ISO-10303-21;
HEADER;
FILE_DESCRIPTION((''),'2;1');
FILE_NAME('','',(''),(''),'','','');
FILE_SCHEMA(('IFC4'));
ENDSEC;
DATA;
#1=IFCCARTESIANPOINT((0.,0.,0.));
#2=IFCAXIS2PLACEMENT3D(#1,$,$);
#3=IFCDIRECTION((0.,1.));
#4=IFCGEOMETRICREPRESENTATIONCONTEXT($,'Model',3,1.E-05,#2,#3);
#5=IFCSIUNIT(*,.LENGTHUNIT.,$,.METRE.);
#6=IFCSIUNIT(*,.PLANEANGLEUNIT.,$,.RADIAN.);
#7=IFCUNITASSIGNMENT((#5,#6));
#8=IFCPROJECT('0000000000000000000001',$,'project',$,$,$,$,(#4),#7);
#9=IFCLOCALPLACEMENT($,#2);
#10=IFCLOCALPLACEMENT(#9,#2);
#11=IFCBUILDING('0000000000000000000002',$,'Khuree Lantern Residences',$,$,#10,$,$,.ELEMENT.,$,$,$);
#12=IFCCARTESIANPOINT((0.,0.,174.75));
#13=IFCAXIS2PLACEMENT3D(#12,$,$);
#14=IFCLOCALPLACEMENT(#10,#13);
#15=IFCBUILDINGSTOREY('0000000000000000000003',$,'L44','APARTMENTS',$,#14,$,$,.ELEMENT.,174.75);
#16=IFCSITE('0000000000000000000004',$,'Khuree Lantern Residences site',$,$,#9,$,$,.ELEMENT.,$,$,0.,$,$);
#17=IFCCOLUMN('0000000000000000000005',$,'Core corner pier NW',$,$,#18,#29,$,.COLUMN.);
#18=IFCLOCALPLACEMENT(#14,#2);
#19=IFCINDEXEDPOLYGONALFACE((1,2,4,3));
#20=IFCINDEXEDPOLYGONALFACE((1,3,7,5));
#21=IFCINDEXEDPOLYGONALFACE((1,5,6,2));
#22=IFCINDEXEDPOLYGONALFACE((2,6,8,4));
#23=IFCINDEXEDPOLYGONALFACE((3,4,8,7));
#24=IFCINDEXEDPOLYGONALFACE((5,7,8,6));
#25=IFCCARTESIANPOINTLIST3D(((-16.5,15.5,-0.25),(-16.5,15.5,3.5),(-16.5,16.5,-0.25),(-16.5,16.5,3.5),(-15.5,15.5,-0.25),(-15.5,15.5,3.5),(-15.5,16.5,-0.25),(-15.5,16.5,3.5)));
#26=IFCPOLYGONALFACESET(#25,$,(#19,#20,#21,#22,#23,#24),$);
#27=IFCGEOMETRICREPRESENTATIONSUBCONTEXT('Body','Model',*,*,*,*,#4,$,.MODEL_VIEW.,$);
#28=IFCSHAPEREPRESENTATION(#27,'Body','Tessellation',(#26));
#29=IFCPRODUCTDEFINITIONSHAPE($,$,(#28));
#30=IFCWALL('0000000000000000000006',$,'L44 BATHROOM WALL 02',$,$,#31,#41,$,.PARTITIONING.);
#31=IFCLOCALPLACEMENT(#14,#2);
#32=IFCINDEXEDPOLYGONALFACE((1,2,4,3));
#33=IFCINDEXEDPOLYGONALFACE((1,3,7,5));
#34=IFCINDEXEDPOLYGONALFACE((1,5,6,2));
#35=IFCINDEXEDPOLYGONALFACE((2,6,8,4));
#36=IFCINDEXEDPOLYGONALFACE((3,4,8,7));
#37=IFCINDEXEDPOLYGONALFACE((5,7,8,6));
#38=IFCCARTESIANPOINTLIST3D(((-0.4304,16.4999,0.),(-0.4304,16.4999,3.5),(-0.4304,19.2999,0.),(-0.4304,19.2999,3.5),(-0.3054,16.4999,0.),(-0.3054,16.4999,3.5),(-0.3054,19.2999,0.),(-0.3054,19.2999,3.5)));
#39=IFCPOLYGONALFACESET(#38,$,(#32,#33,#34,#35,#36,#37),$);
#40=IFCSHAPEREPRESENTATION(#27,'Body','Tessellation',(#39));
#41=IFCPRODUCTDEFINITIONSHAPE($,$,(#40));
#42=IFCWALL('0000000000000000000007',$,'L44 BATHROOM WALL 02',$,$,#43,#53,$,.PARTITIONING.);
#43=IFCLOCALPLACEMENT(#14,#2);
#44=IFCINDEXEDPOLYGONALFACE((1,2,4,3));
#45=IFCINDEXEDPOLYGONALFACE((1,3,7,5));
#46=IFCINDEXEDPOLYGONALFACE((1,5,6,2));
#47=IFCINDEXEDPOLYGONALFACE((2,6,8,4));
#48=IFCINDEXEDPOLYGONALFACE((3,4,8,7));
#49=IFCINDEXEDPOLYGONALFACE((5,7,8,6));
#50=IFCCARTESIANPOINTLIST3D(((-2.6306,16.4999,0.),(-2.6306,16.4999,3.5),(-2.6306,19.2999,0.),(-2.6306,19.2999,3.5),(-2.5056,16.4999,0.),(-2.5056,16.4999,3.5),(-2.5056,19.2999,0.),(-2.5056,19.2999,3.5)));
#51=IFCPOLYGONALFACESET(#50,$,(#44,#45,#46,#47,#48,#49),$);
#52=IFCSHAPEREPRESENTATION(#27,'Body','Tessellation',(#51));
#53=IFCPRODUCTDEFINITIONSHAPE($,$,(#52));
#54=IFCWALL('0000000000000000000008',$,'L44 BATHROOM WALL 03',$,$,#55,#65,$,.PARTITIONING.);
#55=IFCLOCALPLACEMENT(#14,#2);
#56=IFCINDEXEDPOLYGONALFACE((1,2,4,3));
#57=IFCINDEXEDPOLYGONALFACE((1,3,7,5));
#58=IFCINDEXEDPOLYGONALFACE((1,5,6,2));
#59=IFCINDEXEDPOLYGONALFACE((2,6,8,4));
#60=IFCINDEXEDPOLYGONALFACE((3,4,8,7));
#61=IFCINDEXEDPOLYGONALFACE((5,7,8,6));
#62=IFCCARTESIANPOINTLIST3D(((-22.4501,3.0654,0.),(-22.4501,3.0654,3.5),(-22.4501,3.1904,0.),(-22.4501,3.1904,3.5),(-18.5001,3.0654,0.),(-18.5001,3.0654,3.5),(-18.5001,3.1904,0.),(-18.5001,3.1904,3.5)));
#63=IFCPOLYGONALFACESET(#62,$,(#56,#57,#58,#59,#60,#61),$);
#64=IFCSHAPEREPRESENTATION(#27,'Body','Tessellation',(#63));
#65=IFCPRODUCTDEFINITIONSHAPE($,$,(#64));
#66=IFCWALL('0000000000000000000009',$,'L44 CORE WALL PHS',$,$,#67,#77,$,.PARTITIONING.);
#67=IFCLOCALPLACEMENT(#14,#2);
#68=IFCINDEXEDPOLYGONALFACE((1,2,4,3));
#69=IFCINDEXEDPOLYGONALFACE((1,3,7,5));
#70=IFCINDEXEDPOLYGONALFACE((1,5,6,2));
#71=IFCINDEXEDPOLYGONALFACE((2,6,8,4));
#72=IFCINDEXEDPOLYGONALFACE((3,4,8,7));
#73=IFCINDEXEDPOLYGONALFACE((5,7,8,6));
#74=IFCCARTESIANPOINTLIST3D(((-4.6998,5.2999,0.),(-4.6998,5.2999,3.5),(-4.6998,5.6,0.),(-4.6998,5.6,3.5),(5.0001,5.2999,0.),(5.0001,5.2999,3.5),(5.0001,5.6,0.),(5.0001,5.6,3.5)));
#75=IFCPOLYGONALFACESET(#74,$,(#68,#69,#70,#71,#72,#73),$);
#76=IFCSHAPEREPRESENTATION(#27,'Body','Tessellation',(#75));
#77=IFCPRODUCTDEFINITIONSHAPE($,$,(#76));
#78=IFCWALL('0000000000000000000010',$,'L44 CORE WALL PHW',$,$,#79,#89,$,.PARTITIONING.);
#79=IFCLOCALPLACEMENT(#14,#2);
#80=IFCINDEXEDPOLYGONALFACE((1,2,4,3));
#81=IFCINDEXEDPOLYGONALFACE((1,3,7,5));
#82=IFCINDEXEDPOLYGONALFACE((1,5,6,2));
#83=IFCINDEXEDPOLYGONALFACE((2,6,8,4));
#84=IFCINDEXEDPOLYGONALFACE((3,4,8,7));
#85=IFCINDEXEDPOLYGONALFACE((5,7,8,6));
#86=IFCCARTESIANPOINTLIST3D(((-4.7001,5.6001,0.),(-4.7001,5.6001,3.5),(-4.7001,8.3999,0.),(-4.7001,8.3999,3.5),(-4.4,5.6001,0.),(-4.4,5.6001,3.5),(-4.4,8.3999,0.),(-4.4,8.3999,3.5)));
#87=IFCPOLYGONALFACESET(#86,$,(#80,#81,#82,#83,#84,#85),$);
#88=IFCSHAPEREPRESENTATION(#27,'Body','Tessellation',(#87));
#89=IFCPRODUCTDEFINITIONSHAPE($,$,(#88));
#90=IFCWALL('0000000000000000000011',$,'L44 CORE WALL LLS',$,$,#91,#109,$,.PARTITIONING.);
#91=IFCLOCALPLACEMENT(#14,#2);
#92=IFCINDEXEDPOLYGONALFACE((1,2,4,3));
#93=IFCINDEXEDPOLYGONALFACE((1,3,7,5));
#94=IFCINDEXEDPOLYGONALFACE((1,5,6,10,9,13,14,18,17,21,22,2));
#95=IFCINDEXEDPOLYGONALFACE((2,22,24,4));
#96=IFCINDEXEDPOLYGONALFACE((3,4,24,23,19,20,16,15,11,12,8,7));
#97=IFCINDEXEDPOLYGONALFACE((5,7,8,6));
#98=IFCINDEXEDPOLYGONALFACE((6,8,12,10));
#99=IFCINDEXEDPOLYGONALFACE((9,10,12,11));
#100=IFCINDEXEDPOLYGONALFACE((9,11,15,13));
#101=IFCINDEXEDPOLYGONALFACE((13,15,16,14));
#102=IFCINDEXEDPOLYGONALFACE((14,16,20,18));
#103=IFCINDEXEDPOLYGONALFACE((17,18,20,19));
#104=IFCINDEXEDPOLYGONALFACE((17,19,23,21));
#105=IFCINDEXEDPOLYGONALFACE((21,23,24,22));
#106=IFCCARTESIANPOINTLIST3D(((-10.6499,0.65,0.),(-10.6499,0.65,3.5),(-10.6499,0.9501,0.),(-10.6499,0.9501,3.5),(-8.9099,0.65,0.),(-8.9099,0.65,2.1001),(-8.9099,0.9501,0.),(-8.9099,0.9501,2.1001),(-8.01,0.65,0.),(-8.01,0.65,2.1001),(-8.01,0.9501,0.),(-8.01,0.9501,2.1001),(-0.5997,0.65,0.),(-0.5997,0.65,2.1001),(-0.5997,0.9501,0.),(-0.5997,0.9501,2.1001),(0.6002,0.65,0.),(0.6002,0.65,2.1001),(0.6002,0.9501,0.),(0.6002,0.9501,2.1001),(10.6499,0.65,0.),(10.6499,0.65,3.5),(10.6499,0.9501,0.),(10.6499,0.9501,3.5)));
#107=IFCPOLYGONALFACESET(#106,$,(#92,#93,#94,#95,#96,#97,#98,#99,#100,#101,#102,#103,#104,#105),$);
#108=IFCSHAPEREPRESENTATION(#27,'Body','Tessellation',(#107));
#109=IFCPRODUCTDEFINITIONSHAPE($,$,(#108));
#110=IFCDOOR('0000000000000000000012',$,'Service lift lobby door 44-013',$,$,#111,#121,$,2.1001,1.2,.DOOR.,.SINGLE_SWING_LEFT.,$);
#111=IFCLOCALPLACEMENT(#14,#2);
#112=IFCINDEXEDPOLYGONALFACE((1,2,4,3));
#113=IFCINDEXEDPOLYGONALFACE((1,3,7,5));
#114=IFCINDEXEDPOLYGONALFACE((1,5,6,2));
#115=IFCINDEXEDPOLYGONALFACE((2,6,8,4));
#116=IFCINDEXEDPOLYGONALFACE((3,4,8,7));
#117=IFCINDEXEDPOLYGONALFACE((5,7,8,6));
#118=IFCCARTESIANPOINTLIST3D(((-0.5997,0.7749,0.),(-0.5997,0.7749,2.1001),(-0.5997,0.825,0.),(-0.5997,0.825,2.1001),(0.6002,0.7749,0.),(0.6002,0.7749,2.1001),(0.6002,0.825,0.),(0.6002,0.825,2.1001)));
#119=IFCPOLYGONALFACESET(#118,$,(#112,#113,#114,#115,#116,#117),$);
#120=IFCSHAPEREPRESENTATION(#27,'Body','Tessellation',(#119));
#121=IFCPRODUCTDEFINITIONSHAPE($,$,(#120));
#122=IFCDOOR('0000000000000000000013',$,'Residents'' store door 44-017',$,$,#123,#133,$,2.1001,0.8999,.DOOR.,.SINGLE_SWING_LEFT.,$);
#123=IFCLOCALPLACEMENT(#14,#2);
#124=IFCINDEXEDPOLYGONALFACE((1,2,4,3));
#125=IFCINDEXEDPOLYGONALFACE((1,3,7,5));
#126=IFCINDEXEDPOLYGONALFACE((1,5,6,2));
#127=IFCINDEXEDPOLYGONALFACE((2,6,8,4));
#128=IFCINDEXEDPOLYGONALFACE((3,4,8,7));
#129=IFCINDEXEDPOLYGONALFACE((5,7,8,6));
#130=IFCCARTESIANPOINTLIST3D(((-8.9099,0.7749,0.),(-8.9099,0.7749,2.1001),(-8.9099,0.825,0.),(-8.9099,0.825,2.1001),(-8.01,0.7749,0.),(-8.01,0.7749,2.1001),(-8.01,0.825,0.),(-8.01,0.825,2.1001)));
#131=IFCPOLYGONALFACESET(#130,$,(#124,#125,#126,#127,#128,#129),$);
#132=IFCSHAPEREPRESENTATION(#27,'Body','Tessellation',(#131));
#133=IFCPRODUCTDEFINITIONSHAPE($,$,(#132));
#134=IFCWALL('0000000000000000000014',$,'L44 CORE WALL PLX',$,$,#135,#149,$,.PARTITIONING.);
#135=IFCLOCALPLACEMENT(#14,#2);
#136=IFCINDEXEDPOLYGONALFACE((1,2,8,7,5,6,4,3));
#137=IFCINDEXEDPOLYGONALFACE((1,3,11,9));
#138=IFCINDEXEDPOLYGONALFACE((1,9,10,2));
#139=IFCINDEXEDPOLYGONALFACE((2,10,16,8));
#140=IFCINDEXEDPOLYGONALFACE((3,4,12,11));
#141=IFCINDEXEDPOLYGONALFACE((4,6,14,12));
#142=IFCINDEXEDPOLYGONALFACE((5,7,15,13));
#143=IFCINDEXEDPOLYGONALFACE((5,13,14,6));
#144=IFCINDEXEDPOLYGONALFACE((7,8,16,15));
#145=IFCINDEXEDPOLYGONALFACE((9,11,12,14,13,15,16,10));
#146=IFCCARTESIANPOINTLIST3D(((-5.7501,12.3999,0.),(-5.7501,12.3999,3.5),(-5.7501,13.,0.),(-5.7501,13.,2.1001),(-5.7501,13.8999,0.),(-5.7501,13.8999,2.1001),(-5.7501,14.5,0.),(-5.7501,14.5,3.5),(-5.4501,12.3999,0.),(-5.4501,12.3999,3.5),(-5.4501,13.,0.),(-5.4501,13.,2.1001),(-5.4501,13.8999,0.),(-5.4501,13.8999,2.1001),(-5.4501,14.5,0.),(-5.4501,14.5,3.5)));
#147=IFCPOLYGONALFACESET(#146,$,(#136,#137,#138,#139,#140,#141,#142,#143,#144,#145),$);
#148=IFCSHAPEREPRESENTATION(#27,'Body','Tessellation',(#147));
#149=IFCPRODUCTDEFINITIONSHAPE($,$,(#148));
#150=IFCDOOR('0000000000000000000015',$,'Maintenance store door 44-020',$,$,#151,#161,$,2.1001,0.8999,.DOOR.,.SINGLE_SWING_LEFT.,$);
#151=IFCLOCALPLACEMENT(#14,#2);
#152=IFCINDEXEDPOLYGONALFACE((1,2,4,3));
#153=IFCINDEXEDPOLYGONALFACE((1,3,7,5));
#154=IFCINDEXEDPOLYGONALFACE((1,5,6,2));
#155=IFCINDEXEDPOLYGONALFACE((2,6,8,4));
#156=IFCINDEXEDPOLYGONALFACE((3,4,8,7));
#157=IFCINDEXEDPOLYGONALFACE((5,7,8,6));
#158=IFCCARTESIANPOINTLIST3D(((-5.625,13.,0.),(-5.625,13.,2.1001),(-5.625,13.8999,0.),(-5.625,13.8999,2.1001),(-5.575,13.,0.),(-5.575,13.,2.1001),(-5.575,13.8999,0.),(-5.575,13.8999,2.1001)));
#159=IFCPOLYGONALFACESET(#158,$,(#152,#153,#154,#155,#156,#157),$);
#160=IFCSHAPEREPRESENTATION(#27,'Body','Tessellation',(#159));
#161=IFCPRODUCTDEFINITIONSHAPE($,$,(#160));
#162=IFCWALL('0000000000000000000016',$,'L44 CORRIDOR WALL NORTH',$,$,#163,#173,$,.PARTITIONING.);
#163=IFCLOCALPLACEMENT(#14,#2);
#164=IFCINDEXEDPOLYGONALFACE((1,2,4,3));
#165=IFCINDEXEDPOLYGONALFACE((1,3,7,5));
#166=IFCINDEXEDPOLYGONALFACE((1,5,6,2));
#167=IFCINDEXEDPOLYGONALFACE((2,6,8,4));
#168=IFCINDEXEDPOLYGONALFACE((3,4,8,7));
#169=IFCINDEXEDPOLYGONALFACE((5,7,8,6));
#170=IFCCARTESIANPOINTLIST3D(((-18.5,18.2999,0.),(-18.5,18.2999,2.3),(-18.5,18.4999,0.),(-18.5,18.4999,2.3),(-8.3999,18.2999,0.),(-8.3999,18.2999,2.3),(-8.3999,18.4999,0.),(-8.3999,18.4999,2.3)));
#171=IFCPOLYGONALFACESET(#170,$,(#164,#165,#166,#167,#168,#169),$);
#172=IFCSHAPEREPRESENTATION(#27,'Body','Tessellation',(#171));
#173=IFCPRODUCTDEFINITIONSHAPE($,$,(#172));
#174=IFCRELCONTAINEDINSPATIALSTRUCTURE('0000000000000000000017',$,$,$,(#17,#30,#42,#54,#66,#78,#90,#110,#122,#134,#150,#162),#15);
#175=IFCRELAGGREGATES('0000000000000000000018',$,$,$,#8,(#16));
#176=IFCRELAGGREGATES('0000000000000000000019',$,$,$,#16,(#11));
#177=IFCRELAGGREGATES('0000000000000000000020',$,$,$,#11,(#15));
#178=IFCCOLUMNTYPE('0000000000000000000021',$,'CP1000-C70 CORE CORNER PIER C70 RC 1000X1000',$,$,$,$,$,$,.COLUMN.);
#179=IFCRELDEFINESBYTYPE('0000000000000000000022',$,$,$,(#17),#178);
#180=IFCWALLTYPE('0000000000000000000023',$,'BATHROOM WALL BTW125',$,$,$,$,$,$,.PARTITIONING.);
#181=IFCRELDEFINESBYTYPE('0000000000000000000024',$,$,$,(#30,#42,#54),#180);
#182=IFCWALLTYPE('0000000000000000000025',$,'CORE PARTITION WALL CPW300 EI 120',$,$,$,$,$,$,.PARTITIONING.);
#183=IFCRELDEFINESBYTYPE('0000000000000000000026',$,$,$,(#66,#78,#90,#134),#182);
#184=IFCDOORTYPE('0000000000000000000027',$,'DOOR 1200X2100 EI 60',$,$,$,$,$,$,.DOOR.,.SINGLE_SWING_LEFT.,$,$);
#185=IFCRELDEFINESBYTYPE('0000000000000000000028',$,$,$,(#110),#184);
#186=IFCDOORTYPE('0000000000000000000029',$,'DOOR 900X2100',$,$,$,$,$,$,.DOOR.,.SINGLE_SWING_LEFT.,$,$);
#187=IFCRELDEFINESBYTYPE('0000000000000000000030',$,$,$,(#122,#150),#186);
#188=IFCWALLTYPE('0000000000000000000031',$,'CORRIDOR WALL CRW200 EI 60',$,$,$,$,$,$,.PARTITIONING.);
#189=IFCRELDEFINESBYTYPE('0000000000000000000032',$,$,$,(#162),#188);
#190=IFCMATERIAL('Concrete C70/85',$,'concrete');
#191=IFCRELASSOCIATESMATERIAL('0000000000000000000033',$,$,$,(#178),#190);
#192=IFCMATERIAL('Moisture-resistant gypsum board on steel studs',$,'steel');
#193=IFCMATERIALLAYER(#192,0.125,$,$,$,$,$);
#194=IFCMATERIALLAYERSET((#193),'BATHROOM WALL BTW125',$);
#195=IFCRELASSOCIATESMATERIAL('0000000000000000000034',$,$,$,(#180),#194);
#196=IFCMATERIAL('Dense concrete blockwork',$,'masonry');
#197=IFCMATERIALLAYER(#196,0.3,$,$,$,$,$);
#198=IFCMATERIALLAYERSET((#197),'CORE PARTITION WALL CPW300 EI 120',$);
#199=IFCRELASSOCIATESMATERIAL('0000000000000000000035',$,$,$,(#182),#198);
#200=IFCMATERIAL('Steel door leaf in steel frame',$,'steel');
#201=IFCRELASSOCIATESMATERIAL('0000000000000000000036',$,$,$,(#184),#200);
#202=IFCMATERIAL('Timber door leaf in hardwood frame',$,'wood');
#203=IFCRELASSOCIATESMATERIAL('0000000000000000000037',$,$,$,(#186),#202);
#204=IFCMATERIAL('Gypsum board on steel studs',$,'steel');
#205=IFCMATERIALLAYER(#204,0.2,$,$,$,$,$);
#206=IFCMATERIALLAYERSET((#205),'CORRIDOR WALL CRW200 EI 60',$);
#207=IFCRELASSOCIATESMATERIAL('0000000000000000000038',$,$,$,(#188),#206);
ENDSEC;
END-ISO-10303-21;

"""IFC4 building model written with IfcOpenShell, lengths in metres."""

from ifc_helpers import new_model, si_unit, direction, frame, frame_2d, origin, origin_2d, place, context, subcontext, project, spatial, rectangle, extrude, material, layer, layer_set, material_profile, profile_set, type_object, element, fill, save


model = new_model("IFC4")

# Units and contexts
model_context = context("Model", 3, precision=1e-05, world=origin(), true_north=direction((0.0, 1.0)))
body_context = subcontext(model_context, "Body", "Model", "MODEL_VIEW")
ifc_project = project(units=[si_unit("LENGTHUNIT", "METRE"), si_unit("PLANEANGLEUNIT", "RADIAN")], contexts=[model_context])

# Site, building, storey
site_placement = place(None, origin())
site = spatial("IfcSite", under=ifc_project, at=site_placement, Name="Khuree Lantern Residences site", CompositionType="ELEMENT", RefElevation=0.0)
building_placement = place(site_placement, origin())
building = spatial("IfcBuilding", under=site, at=building_placement, Name="Khuree Lantern Residences", CompositionType="ELEMENT")
storey_placement = place(building_placement, frame((0.0, 0.0, 174.75)))
storey = spatial("IfcBuildingStorey", under=building, at=storey_placement, Name="L44", Description="APARTMENTS", CompositionType="ELEMENT", Elevation=174.75)

# Column
ifc_material_1 = material(Name="Concrete C70/85", Category="concrete")
ifc_material_profile = material_profile(ifc_material_1, rectangle(XDim=1.0, YDim=1.0, at=origin_2d()), Name="RC 1000X1000")
ifc_profile_set = profile_set([ifc_material_profile], Name="Concrete C70/85")
column_type = type_object("IfcColumnType", Name="CP1000-C70 CORE CORNER PIER C70 RC 1000X1000", PredefinedType="COLUMN", material=ifc_profile_set)
column_placement = place(storey_placement, frame((-16.0, 16.0, -0.25), z_axis=(0.0, 0.0, 1.0), x_axis=(1.0, 0.0, 0.0)))
element("IfcColumn", 1, at=column_placement, inside=storey, type_object=column_type, Name="Core corner pier NW", PredefinedType="COLUMN", context=body_context, shape_type="SweptSolid", body=[
    extrude(rectangle(XDim=1.0, YDim=1.0, at=origin_2d()), origin(), (0.0, 0.0, 1.0), 3.75),
])

# Walls
ifc_material_2 = material(Name="Moisture-resistant gypsum board on steel studs", Category="steel")
ifc_layer_1 = layer(ifc_material_2, 0.125)
ifc_layer_set_1 = layer_set([ifc_layer_1], Name="BATHROOM WALL BTW125")
wall_type_1 = type_object("IfcWallType", Name="BATHROOM WALL BTW125", PredefinedType="PARTITIONING", material=ifc_layer_set_1)
for number, where, z_axis, x_axis, name in (
    (2, (-0.3679, 16.5, 0.0), (0.0, 0.0, 1.0), (0.0, 1.0, 0.0), "L44 BATHROOM WALL 02"),
    (3, (-2.5681, 16.5, 0.0), (0.0, 0.0, 1.0), (0.0, 1.0, 0.0), "L44 BATHROOM WALL 02"),
):
    element("IfcWall", number, at=place(storey_placement, frame(where, z_axis=z_axis, x_axis=x_axis)), inside=storey, type_object=wall_type_1, Name=name, PredefinedType="PARTITIONING", context=body_context, shape_type="SweptSolid", body=[
        extrude(rectangle(XDim=2.8, YDim=0.125, at=frame_2d((1.3999, 0.0))), origin(), (0.0, 0.0, 1.0), 3.5),
    ])
wall_1_placement = place(storey_placement, frame((-18.5, 3.1279, 0.0), z_axis=(0.0, 0.0, 1.0), x_axis=(-1.0, 0.0, 0.0)))
element("IfcWall", 4, at=wall_1_placement, inside=storey, type_object=wall_type_1, Name="L44 BATHROOM WALL 03", PredefinedType="PARTITIONING", context=body_context, shape_type="SweptSolid", body=[
    extrude(rectangle(XDim=3.95, YDim=0.125, at=frame_2d((1.9751, 0.0))), origin(), (0.0, 0.0, 1.0), 3.5),
])
ifc_material_3 = material(Name="Dense concrete blockwork", Category="masonry")
ifc_layer_2 = layer(ifc_material_3, 0.3)
ifc_layer_set_2 = layer_set([ifc_layer_2], Name="CORE PARTITION WALL CPW300 EI 120")
wall_type_2 = type_object("IfcWallType", Name="CORE PARTITION WALL CPW300 EI 120", PredefinedType="PARTITIONING", material=ifc_layer_set_2)
wall_2_placement = place(storey_placement, frame((-4.7, 5.45, 0.0), z_axis=(0.0, 0.0, 1.0), x_axis=(1.0, 0.0, 0.0)))
element("IfcWall", 5, at=wall_2_placement, inside=storey, type_object=wall_type_2, Name="L44 CORE WALL PHS", PredefinedType="PARTITIONING", context=body_context, shape_type="SweptSolid", body=[
    extrude(rectangle(XDim=9.7, YDim=0.3, at=frame_2d((4.8501, 0.0))), origin(), (0.0, 0.0, 1.0), 3.5),
])
wall_3_placement = place(storey_placement, frame((-4.55, 5.6001, 0.0), z_axis=(0.0, 0.0, 1.0), x_axis=(0.0, 1.0, 0.0)))
element("IfcWall", 6, at=wall_3_placement, inside=storey, type_object=wall_type_2, Name="L44 CORE WALL PHW", PredefinedType="PARTITIONING", context=body_context, shape_type="SweptSolid", body=[
    extrude(rectangle(XDim=2.7998, YDim=0.3, at=frame_2d((1.3999, 0.0))), origin(), (0.0, 0.0, 1.0), 3.5),
])

# Wall, openings, doors
wall_4_placement = place(storey_placement, frame((-10.6499, 0.8, 0.0), z_axis=(0.0, 0.0, 1.0), x_axis=(1.0, 0.0, 0.0)))
wall_4 = element("IfcWall", 7, at=wall_4_placement, inside=storey, type_object=wall_type_2, Name="L44 CORE WALL LLS", PredefinedType="PARTITIONING", context=body_context, shape_type="SweptSolid", body=[
    extrude(rectangle(XDim=21.2998, YDim=0.3, at=frame_2d((10.6499, 0.0))), origin(), (0.0, 0.0, 1.0), 3.5),
])
opening_1_placement = place(wall_4_placement, frame((10.05, 0.0, 0.0)))
opening_1 = element("IfcOpeningElement", 8, at=opening_1_placement, cuts=wall_4, PredefinedType="OPENING", context=body_context, shape_type="SweptSolid", body=[
    extrude(rectangle(XDim=1.2, YDim=2.1001, at=frame_2d((0.6001, 1.05))), frame((0.0, 0.1602, 0.0), z_axis=(0.0, -1.0, 0.0), x_axis=(1.0, 0.0, 0.0)), (0.0, 0.0, 1.0), 0.3201),
])
opening_2_placement = place(wall_4_placement, frame((1.74, 0.0, 0.0)))
opening_2 = element("IfcOpeningElement", 9, at=opening_2_placement, cuts=wall_4, PredefinedType="OPENING", context=body_context, shape_type="SweptSolid", body=[
    extrude(rectangle(XDim=0.8999, YDim=2.1001, at=frame_2d((0.45, 1.05))), frame((0.0, 0.1602, 0.0), z_axis=(0.0, -1.0, 0.0), x_axis=(1.0, 0.0, 0.0)), (0.0, 0.0, 1.0), 0.3201),
])
ifc_material_4 = material(Name="Steel door leaf in steel frame", Category="steel")
door_type_1 = type_object("IfcDoorType", Name="DOOR 1200X2100 EI 60", OperationType="SINGLE_SWING_LEFT", PredefinedType="DOOR", material=ifc_material_4)
door_1_placement = place(opening_1_placement, origin())
door_1 = element("IfcDoor", 10, at=door_1_placement, inside=storey, type_object=door_type_1, Name="Service lift lobby door 44-013", OperationType="SINGLE_SWING_LEFT", OverallHeight=2.1001, OverallWidth=1.2, PredefinedType="DOOR", context=body_context, shape_type="SweptSolid", body=[
    extrude(rectangle(XDim=1.2, YDim=2.1001, at=frame_2d((0.6001, 1.05))), frame((0.0, 0.0249, 0.0), z_axis=(0.0, -1.0, 0.0), x_axis=(1.0, 0.0, 0.0)), (0.0, 0.0, 1.0), 0.05),
])
fill(opening_1, door_1)
ifc_material_5 = material(Name="Timber door leaf in hardwood frame", Category="wood")
door_type_2 = type_object("IfcDoorType", Name="DOOR 900X2100", OperationType="SINGLE_SWING_LEFT", PredefinedType="DOOR", material=ifc_material_5)
door_2_placement = place(opening_2_placement, origin())
door_2 = element("IfcDoor", 11, at=door_2_placement, inside=storey, type_object=door_type_2, Name="Residents' store door 44-017", OperationType="SINGLE_SWING_LEFT", OverallHeight=2.1001, OverallWidth=0.8999, PredefinedType="DOOR", context=body_context, shape_type="SweptSolid", body=[
    extrude(rectangle(XDim=0.8999, YDim=2.1001, at=frame_2d((0.45, 1.05))), frame((0.0, 0.0249, 0.0), z_axis=(0.0, -1.0, 0.0), x_axis=(1.0, 0.0, 0.0)), (0.0, 0.0, 1.0), 0.05),
])
fill(opening_2, door_2)

# Wall, opening, door
wall_5_placement = place(storey_placement, frame((-5.6001, 12.3999, 0.0), z_axis=(0.0, 0.0, 1.0), x_axis=(0.0, 1.0, 0.0)))
wall_5 = element("IfcWall", 12, at=wall_5_placement, inside=storey, type_object=wall_type_2, Name="L44 CORE WALL PLX", PredefinedType="PARTITIONING", context=body_context, shape_type="SweptSolid", body=[
    extrude(rectangle(XDim=2.1001, YDim=0.3, at=frame_2d((1.05, 0.0))), origin(), (0.0, 0.0, 1.0), 3.5),
])
opening_3_placement = place(wall_5_placement, frame((0.6001, 0.0, 0.0)))
opening_3 = element("IfcOpeningElement", 13, at=opening_3_placement, cuts=wall_5, PredefinedType="OPENING", context=body_context, shape_type="SweptSolid", body=[
    extrude(rectangle(XDim=0.8999, YDim=2.1001, at=frame_2d((0.45, 1.05))), frame((0.0, 0.1602, 0.0), z_axis=(0.0, -1.0, 0.0), x_axis=(1.0, 0.0, 0.0)), (0.0, 0.0, 1.0), 0.3201),
])
door_3_placement = place(opening_3_placement, origin())
door_3 = element("IfcDoor", 14, at=door_3_placement, inside=storey, type_object=door_type_2, Name="Maintenance store door 44-020", OperationType="SINGLE_SWING_LEFT", OverallHeight=2.1001, OverallWidth=0.8999, PredefinedType="DOOR", context=body_context, shape_type="SweptSolid", body=[
    extrude(rectangle(XDim=0.8999, YDim=2.1001, at=frame_2d((0.45, 1.05))), frame((0.0, 0.0249, 0.0), z_axis=(0.0, -1.0, 0.0), x_axis=(1.0, 0.0, 0.0)), (0.0, 0.0, 1.0), 0.05),
])
fill(opening_3, door_3)

# Wall
ifc_material_6 = material(Name="Gypsum board on steel studs", Category="steel")
ifc_layer_3 = layer(ifc_material_6, 0.2)
ifc_layer_set_3 = layer_set([ifc_layer_3], Name="CORRIDOR WALL CRW200 EI 60")
wall_type_3 = type_object("IfcWallType", Name="CORRIDOR WALL CRW200 EI 60", PredefinedType="PARTITIONING", material=ifc_layer_set_3)
wall_6_placement = place(storey_placement, frame((-18.5, 18.3999, 0.0), z_axis=(0.0, 0.0, 1.0), x_axis=(1.0, 0.0, 0.0)))
element("IfcWall", 15, at=wall_6_placement, inside=storey, type_object=wall_type_3, Name="L44 CORRIDOR WALL NORTH", PredefinedType="PARTITIONING", context=body_context, shape_type="SweptSolid", body=[
    extrude(rectangle(XDim=10.1001, YDim=0.2, at=frame_2d((5.05, 0.0))), origin(), (0.0, 0.0, 1.0), 2.3),
])

save(model, "model.ifc")
